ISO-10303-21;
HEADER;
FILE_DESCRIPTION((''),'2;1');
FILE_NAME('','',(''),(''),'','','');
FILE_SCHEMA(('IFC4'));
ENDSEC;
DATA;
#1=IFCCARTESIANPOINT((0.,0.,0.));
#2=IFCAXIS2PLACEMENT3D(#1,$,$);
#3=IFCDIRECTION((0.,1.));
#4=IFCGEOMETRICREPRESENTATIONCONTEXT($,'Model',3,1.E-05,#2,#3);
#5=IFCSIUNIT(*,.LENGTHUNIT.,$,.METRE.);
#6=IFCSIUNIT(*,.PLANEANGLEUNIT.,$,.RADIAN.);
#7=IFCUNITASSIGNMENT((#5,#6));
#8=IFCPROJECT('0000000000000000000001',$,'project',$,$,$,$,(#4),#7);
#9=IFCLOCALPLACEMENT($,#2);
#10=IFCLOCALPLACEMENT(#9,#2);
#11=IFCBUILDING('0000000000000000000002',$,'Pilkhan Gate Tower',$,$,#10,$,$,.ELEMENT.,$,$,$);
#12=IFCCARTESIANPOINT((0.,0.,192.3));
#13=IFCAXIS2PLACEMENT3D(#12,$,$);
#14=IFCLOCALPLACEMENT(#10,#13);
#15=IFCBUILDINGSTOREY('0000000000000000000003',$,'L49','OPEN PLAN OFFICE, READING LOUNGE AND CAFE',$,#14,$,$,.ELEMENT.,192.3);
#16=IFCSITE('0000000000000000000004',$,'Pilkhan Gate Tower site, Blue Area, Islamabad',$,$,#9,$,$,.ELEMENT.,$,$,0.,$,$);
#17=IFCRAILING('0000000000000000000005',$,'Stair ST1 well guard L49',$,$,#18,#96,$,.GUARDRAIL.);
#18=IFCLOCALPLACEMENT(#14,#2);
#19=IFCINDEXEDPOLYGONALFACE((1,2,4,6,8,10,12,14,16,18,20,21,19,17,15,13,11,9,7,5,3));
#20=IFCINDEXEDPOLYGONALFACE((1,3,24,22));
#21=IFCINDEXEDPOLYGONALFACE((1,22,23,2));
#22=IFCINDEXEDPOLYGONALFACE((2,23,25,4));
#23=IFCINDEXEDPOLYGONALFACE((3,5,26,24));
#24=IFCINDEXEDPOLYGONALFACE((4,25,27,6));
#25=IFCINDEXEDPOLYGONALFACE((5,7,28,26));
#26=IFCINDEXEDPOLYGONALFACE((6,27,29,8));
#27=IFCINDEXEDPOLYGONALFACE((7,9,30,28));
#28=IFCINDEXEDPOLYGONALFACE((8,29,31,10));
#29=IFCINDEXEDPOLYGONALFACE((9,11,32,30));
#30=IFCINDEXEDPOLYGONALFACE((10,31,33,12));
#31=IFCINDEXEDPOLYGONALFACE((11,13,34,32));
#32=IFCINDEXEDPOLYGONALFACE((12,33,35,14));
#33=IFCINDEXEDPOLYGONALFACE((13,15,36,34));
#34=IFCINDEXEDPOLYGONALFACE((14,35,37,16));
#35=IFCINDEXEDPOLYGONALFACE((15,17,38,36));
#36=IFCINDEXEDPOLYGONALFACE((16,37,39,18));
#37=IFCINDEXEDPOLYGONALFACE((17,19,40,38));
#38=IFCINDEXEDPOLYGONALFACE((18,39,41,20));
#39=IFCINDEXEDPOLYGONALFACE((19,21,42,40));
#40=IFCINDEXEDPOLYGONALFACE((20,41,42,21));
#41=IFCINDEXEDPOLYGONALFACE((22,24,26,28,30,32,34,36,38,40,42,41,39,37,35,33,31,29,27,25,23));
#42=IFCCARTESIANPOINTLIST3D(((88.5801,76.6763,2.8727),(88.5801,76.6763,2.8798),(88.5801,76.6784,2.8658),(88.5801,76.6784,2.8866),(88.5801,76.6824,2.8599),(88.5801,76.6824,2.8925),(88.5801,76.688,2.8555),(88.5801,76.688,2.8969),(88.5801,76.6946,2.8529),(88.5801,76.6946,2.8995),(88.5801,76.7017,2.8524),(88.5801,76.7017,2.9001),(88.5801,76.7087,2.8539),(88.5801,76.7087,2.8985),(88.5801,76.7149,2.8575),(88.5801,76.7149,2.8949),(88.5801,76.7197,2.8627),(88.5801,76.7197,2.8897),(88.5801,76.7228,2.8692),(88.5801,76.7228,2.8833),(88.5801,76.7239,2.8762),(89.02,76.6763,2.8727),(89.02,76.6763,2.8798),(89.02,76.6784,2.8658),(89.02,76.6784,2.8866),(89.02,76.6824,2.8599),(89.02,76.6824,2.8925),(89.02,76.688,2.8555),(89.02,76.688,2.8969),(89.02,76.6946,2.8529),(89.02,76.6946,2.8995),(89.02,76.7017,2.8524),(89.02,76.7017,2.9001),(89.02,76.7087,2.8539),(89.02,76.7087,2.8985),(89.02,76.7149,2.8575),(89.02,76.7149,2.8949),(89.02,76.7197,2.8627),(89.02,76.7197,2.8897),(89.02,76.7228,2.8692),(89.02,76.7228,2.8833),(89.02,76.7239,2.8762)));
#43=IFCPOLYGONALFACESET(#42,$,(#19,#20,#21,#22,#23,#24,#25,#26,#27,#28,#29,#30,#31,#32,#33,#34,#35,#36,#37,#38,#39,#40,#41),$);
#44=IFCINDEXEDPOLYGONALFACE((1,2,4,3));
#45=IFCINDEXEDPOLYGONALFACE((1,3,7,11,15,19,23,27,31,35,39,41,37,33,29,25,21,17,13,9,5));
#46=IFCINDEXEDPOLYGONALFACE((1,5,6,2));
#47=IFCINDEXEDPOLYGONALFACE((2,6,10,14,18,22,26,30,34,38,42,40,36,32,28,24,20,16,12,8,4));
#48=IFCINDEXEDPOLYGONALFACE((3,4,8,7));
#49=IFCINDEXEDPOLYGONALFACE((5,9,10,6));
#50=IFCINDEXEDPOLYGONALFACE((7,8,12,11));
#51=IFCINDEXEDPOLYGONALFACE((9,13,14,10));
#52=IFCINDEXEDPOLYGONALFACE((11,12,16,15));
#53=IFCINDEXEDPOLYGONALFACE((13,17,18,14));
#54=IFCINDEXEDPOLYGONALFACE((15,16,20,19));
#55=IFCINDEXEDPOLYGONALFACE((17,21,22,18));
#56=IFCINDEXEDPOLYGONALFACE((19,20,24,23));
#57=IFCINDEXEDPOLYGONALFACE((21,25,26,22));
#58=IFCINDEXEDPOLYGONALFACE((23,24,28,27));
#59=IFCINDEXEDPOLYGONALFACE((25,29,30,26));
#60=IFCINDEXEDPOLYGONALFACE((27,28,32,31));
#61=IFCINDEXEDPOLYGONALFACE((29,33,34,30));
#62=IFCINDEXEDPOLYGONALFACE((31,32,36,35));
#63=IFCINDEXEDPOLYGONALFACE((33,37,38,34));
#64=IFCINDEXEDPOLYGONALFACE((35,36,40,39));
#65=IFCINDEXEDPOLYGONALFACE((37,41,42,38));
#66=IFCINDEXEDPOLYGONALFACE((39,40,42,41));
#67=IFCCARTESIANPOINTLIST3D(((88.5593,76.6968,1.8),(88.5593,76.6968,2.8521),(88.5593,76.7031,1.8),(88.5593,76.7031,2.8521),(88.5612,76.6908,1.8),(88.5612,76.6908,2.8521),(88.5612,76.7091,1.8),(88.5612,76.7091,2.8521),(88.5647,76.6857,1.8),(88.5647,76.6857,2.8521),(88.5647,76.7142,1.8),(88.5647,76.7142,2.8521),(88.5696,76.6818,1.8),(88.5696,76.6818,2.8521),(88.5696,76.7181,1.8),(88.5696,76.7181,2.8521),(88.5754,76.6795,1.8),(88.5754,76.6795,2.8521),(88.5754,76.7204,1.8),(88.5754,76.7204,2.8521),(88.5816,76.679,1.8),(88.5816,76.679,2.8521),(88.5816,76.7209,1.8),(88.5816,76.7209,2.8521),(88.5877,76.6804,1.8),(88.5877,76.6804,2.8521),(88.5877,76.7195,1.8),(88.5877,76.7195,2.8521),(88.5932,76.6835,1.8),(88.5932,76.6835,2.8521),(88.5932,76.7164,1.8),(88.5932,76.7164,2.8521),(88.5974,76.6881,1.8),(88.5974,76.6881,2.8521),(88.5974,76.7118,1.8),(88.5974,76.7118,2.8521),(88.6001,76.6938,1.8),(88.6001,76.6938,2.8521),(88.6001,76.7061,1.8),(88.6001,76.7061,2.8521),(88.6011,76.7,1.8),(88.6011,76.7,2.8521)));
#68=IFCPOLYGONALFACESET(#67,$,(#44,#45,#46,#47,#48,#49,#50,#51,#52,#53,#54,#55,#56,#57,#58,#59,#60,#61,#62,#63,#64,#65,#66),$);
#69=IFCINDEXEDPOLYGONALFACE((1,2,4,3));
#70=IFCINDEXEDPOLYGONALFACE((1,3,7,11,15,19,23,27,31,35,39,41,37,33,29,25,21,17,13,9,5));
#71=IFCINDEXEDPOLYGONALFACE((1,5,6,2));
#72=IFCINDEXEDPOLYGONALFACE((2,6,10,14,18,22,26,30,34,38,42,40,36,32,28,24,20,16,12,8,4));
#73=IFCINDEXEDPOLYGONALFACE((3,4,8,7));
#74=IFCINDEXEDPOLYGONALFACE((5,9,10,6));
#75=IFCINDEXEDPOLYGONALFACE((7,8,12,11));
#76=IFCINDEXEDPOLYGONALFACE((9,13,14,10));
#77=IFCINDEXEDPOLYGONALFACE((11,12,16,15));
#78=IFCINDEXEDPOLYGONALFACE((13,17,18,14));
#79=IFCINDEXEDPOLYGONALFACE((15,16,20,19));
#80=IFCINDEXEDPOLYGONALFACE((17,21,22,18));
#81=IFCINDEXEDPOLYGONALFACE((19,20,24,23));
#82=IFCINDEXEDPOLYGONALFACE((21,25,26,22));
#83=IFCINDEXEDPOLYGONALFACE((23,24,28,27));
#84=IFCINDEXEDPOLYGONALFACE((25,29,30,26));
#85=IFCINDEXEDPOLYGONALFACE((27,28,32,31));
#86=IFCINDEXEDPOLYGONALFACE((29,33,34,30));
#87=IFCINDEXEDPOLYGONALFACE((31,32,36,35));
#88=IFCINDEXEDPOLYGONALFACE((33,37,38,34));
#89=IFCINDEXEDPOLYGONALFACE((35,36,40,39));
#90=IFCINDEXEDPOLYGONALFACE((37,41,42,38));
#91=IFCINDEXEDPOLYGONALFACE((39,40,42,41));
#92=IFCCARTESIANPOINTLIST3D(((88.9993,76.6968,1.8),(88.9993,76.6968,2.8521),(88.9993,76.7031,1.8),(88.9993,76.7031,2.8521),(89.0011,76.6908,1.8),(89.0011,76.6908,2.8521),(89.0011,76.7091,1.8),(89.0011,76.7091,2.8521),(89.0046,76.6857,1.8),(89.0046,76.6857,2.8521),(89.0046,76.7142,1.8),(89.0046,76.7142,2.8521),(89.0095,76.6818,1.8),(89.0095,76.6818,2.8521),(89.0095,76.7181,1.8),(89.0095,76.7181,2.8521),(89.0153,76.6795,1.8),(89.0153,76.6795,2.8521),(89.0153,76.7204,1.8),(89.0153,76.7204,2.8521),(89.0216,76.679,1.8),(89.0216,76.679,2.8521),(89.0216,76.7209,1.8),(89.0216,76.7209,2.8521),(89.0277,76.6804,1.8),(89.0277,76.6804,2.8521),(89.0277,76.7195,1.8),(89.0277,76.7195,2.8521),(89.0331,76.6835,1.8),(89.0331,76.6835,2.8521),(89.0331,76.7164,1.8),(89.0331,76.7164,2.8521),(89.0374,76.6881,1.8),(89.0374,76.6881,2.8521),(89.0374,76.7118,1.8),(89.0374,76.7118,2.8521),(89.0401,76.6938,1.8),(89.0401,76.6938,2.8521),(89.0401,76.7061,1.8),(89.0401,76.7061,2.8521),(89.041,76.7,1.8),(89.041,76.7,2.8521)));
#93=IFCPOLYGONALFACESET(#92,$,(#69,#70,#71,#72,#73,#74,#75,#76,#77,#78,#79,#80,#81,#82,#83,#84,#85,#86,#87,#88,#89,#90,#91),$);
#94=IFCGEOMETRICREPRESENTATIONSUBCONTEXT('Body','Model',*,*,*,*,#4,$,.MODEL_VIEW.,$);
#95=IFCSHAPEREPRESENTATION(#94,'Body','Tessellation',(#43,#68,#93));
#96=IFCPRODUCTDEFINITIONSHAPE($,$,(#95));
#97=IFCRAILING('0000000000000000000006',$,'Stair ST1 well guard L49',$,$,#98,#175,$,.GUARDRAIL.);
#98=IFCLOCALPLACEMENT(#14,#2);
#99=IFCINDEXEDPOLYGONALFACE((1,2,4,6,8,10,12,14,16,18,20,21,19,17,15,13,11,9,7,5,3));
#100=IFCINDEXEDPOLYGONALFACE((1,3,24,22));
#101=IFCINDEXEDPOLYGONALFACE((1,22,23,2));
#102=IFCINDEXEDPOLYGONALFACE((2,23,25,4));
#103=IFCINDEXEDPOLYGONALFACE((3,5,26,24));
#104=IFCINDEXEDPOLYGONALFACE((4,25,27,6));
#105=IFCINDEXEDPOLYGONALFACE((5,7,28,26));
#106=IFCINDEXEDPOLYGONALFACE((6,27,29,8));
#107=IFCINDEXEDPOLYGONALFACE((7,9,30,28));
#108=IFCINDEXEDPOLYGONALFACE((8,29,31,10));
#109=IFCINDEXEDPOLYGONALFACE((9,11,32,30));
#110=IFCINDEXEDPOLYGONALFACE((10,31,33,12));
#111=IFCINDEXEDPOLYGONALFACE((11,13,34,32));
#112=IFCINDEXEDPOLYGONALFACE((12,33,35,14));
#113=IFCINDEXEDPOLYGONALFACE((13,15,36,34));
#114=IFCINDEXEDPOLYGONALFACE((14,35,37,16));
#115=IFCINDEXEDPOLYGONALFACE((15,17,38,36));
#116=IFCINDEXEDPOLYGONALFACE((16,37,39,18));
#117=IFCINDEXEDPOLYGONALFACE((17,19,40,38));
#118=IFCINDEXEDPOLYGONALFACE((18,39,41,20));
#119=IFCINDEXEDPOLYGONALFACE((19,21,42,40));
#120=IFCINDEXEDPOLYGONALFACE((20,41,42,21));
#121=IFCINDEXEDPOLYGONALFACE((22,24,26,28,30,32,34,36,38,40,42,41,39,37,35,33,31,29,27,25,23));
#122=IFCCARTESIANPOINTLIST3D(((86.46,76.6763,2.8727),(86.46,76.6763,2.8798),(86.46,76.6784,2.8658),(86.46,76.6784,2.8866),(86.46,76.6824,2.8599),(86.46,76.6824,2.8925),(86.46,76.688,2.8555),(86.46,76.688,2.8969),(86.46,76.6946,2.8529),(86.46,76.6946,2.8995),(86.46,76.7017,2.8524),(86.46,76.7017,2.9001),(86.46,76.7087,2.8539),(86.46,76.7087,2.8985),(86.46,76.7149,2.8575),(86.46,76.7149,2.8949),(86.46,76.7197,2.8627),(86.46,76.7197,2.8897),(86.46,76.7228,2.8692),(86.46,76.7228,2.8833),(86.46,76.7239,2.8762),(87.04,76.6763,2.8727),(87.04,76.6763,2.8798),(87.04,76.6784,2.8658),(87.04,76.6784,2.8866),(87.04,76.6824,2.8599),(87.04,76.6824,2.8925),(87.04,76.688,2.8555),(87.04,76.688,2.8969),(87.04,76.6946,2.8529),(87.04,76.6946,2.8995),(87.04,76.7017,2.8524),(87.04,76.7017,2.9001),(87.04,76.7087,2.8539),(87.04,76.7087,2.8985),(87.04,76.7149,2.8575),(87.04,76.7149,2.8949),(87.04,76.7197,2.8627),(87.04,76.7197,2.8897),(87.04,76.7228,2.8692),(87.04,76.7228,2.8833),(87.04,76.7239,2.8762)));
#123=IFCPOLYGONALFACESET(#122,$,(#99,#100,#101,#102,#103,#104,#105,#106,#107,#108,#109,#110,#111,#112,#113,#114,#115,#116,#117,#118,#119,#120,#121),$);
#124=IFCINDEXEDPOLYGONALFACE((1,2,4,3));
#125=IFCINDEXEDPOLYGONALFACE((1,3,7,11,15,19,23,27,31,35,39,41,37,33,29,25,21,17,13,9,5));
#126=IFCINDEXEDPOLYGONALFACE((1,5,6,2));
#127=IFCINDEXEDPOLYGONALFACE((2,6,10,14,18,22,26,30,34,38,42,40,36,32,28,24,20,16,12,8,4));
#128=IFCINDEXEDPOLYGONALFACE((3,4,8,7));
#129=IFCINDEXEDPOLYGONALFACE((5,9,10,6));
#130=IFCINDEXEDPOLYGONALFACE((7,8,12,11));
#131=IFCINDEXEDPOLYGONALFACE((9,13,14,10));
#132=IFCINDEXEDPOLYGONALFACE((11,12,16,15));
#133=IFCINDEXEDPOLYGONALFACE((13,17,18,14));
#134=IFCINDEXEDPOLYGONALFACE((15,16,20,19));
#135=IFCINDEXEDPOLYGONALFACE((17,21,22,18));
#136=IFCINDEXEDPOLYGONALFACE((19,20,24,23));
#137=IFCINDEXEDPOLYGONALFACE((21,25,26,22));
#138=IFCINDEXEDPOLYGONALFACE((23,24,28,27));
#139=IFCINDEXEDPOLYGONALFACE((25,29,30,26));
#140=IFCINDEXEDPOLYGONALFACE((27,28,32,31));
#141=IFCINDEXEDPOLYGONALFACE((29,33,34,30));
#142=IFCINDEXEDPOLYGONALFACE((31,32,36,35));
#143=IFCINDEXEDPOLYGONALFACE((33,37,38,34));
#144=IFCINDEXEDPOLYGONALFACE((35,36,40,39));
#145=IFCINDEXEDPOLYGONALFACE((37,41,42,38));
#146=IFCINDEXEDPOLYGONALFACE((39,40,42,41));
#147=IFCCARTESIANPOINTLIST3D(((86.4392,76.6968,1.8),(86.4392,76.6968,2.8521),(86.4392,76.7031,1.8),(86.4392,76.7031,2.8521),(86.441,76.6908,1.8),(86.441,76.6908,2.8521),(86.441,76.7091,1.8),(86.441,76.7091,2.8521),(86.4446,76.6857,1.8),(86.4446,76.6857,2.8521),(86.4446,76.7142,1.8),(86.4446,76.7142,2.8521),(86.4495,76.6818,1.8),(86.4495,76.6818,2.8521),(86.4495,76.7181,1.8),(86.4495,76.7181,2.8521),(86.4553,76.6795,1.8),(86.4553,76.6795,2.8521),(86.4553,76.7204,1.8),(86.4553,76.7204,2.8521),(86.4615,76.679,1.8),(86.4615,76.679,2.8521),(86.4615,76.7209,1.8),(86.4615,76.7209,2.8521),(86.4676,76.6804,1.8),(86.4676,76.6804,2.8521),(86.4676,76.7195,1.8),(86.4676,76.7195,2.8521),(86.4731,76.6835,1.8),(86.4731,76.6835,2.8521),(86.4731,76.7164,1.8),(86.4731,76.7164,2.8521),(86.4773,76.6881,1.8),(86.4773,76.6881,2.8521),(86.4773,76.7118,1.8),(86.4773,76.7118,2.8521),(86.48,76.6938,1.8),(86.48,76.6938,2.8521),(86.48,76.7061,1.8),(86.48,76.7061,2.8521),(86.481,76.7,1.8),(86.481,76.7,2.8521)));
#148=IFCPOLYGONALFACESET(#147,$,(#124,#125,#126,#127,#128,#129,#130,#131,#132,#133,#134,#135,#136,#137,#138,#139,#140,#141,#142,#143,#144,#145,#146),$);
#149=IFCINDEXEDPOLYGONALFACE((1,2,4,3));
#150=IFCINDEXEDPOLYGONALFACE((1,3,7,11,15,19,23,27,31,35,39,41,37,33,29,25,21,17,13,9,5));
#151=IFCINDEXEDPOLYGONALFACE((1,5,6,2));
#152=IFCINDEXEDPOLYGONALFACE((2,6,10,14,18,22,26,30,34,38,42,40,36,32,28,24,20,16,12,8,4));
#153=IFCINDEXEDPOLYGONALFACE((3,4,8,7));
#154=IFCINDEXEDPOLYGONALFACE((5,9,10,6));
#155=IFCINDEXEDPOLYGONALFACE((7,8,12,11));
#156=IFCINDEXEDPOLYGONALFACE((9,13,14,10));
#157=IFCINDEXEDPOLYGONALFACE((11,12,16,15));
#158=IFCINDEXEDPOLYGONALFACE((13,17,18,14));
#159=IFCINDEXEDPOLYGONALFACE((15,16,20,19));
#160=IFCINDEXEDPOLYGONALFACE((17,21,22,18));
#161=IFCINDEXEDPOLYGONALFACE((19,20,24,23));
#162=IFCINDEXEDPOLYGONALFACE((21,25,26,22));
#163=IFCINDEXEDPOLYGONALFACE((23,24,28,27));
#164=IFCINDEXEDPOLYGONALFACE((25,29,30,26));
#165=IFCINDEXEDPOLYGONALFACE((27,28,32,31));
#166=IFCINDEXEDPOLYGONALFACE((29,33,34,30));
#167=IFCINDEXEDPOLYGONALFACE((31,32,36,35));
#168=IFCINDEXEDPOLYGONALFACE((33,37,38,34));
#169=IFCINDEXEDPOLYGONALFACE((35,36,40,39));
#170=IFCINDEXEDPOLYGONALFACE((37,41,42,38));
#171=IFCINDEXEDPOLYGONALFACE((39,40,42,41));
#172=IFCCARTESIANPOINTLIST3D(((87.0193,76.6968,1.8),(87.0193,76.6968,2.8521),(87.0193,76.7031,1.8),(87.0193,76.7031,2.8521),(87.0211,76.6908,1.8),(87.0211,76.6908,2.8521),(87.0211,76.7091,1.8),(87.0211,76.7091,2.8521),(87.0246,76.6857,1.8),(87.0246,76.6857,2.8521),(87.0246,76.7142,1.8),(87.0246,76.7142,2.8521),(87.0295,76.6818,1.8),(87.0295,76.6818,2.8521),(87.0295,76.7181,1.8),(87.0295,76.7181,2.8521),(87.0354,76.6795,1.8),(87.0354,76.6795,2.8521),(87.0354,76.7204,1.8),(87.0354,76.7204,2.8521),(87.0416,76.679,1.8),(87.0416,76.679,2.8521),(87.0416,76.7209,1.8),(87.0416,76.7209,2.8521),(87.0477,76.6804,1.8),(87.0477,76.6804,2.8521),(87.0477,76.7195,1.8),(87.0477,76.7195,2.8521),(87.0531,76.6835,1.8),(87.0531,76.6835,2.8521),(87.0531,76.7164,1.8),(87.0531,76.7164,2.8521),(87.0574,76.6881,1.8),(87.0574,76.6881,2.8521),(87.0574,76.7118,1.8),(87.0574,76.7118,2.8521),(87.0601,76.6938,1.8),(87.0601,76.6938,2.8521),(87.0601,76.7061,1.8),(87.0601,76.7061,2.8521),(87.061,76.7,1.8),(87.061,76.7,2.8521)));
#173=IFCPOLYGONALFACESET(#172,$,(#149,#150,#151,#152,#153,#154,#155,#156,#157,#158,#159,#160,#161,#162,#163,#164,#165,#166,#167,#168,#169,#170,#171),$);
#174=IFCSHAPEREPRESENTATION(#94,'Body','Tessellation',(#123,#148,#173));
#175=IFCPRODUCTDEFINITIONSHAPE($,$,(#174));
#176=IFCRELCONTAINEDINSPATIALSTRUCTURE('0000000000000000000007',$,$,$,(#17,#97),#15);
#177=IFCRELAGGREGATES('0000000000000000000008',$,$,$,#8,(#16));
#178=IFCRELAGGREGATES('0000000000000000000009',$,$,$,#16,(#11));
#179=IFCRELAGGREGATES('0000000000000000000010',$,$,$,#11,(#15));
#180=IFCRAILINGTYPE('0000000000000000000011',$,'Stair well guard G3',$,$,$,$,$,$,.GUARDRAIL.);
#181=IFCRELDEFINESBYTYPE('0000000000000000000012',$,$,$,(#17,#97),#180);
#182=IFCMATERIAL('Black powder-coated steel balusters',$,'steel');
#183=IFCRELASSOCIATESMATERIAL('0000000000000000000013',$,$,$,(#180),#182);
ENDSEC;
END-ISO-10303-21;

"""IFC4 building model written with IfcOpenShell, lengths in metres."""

from ifc_helpers import new_model, si_unit, direction, frame, origin, origin_2d, place, context, subcontext, project, spatial, circle, extrude, material, type_object, element, save


model = new_model("IFC4")

# Units and contexts
model_context = context("Model", 3, precision=1e-05, world=origin(), true_north=direction((0.0, 1.0)))
body_context = subcontext(model_context, "Body", "Model", "MODEL_VIEW")
ifc_project = project(units=[si_unit("LENGTHUNIT", "METRE"), si_unit("PLANEANGLEUNIT", "RADIAN")], contexts=[model_context])

# Site, building, storey
site_placement = place(None, origin())
site = spatial("IfcSite", under=ifc_project, at=site_placement, Name="Pilkhan Gate Tower site, Blue Area, Islamabad", CompositionType="ELEMENT", RefElevation=0.0)
building_placement = place(site_placement, origin())
building = spatial("IfcBuilding", under=site, at=building_placement, Name="Pilkhan Gate Tower", CompositionType="ELEMENT")
storey_placement = place(building_placement, frame((0.0, 0.0, 192.3)))
storey = spatial("IfcBuildingStorey", under=building, at=storey_placement, Name="L49", Description="OPEN PLAN OFFICE, READING LOUNGE AND CAFE", CompositionType="ELEMENT", Elevation=192.3)

# Railings
ifc_material_1 = material(Name="Black powder-coated steel balusters", Category="steel")
railing_type_1 = type_object("IfcRailingType", Name="Stair well guard G3", PredefinedType="GUARDRAIL", material=ifc_material_1)
railing_1_placement = place(storey_placement, frame((88.5801, 76.7, 1.8)))
element("IfcRailing", 1, at=railing_1_placement, inside=storey, type_object=railing_type_1, Name="Stair ST1 well guard L49", PredefinedType="GUARDRAIL", context=body_context, shape_type="SweptSolid", body=[
    extrude(circle(Radius=0.0239, at=origin_2d()), frame((0.0, 0.0, 1.0762), z_axis=(1.0, 0.0, 0.0), x_axis=(0.0, 1.0, 0.0)), (0.0, 0.0, 1.0), 0.4399),
    extrude(circle(Radius=0.021, at=origin_2d()), origin(), (0.0, 0.0, 1.0), 1.052),
    extrude(circle(Radius=0.021, at=origin_2d()), frame((0.4399, 0.0, 0.0)), (0.0, 0.0, 1.0), 1.052),
])
railing_2_placement = place(storey_placement, frame((86.46, 76.7, 1.8)))
element("IfcRailing", 2, at=railing_2_placement, inside=storey, type_object=railing_type_1, Name="Stair ST1 well guard L49", PredefinedType="GUARDRAIL", context=body_context, shape_type="SweptSolid", body=[
    extrude(circle(Radius=0.0239, at=origin_2d()), frame((0.0, 0.0, 1.0762), z_axis=(1.0, 0.0, 0.0), x_axis=(0.0, 1.0, 0.0)), (0.0, 0.0, 1.0), 0.5801),
    extrude(circle(Radius=0.021, at=origin_2d()), origin(), (0.0, 0.0, 1.0), 1.052),
    extrude(circle(Radius=0.021, at=origin_2d()), frame((0.5801, 0.0, 0.0)), (0.0, 0.0, 1.0), 1.052),
])

save(model, "model.ifc")
